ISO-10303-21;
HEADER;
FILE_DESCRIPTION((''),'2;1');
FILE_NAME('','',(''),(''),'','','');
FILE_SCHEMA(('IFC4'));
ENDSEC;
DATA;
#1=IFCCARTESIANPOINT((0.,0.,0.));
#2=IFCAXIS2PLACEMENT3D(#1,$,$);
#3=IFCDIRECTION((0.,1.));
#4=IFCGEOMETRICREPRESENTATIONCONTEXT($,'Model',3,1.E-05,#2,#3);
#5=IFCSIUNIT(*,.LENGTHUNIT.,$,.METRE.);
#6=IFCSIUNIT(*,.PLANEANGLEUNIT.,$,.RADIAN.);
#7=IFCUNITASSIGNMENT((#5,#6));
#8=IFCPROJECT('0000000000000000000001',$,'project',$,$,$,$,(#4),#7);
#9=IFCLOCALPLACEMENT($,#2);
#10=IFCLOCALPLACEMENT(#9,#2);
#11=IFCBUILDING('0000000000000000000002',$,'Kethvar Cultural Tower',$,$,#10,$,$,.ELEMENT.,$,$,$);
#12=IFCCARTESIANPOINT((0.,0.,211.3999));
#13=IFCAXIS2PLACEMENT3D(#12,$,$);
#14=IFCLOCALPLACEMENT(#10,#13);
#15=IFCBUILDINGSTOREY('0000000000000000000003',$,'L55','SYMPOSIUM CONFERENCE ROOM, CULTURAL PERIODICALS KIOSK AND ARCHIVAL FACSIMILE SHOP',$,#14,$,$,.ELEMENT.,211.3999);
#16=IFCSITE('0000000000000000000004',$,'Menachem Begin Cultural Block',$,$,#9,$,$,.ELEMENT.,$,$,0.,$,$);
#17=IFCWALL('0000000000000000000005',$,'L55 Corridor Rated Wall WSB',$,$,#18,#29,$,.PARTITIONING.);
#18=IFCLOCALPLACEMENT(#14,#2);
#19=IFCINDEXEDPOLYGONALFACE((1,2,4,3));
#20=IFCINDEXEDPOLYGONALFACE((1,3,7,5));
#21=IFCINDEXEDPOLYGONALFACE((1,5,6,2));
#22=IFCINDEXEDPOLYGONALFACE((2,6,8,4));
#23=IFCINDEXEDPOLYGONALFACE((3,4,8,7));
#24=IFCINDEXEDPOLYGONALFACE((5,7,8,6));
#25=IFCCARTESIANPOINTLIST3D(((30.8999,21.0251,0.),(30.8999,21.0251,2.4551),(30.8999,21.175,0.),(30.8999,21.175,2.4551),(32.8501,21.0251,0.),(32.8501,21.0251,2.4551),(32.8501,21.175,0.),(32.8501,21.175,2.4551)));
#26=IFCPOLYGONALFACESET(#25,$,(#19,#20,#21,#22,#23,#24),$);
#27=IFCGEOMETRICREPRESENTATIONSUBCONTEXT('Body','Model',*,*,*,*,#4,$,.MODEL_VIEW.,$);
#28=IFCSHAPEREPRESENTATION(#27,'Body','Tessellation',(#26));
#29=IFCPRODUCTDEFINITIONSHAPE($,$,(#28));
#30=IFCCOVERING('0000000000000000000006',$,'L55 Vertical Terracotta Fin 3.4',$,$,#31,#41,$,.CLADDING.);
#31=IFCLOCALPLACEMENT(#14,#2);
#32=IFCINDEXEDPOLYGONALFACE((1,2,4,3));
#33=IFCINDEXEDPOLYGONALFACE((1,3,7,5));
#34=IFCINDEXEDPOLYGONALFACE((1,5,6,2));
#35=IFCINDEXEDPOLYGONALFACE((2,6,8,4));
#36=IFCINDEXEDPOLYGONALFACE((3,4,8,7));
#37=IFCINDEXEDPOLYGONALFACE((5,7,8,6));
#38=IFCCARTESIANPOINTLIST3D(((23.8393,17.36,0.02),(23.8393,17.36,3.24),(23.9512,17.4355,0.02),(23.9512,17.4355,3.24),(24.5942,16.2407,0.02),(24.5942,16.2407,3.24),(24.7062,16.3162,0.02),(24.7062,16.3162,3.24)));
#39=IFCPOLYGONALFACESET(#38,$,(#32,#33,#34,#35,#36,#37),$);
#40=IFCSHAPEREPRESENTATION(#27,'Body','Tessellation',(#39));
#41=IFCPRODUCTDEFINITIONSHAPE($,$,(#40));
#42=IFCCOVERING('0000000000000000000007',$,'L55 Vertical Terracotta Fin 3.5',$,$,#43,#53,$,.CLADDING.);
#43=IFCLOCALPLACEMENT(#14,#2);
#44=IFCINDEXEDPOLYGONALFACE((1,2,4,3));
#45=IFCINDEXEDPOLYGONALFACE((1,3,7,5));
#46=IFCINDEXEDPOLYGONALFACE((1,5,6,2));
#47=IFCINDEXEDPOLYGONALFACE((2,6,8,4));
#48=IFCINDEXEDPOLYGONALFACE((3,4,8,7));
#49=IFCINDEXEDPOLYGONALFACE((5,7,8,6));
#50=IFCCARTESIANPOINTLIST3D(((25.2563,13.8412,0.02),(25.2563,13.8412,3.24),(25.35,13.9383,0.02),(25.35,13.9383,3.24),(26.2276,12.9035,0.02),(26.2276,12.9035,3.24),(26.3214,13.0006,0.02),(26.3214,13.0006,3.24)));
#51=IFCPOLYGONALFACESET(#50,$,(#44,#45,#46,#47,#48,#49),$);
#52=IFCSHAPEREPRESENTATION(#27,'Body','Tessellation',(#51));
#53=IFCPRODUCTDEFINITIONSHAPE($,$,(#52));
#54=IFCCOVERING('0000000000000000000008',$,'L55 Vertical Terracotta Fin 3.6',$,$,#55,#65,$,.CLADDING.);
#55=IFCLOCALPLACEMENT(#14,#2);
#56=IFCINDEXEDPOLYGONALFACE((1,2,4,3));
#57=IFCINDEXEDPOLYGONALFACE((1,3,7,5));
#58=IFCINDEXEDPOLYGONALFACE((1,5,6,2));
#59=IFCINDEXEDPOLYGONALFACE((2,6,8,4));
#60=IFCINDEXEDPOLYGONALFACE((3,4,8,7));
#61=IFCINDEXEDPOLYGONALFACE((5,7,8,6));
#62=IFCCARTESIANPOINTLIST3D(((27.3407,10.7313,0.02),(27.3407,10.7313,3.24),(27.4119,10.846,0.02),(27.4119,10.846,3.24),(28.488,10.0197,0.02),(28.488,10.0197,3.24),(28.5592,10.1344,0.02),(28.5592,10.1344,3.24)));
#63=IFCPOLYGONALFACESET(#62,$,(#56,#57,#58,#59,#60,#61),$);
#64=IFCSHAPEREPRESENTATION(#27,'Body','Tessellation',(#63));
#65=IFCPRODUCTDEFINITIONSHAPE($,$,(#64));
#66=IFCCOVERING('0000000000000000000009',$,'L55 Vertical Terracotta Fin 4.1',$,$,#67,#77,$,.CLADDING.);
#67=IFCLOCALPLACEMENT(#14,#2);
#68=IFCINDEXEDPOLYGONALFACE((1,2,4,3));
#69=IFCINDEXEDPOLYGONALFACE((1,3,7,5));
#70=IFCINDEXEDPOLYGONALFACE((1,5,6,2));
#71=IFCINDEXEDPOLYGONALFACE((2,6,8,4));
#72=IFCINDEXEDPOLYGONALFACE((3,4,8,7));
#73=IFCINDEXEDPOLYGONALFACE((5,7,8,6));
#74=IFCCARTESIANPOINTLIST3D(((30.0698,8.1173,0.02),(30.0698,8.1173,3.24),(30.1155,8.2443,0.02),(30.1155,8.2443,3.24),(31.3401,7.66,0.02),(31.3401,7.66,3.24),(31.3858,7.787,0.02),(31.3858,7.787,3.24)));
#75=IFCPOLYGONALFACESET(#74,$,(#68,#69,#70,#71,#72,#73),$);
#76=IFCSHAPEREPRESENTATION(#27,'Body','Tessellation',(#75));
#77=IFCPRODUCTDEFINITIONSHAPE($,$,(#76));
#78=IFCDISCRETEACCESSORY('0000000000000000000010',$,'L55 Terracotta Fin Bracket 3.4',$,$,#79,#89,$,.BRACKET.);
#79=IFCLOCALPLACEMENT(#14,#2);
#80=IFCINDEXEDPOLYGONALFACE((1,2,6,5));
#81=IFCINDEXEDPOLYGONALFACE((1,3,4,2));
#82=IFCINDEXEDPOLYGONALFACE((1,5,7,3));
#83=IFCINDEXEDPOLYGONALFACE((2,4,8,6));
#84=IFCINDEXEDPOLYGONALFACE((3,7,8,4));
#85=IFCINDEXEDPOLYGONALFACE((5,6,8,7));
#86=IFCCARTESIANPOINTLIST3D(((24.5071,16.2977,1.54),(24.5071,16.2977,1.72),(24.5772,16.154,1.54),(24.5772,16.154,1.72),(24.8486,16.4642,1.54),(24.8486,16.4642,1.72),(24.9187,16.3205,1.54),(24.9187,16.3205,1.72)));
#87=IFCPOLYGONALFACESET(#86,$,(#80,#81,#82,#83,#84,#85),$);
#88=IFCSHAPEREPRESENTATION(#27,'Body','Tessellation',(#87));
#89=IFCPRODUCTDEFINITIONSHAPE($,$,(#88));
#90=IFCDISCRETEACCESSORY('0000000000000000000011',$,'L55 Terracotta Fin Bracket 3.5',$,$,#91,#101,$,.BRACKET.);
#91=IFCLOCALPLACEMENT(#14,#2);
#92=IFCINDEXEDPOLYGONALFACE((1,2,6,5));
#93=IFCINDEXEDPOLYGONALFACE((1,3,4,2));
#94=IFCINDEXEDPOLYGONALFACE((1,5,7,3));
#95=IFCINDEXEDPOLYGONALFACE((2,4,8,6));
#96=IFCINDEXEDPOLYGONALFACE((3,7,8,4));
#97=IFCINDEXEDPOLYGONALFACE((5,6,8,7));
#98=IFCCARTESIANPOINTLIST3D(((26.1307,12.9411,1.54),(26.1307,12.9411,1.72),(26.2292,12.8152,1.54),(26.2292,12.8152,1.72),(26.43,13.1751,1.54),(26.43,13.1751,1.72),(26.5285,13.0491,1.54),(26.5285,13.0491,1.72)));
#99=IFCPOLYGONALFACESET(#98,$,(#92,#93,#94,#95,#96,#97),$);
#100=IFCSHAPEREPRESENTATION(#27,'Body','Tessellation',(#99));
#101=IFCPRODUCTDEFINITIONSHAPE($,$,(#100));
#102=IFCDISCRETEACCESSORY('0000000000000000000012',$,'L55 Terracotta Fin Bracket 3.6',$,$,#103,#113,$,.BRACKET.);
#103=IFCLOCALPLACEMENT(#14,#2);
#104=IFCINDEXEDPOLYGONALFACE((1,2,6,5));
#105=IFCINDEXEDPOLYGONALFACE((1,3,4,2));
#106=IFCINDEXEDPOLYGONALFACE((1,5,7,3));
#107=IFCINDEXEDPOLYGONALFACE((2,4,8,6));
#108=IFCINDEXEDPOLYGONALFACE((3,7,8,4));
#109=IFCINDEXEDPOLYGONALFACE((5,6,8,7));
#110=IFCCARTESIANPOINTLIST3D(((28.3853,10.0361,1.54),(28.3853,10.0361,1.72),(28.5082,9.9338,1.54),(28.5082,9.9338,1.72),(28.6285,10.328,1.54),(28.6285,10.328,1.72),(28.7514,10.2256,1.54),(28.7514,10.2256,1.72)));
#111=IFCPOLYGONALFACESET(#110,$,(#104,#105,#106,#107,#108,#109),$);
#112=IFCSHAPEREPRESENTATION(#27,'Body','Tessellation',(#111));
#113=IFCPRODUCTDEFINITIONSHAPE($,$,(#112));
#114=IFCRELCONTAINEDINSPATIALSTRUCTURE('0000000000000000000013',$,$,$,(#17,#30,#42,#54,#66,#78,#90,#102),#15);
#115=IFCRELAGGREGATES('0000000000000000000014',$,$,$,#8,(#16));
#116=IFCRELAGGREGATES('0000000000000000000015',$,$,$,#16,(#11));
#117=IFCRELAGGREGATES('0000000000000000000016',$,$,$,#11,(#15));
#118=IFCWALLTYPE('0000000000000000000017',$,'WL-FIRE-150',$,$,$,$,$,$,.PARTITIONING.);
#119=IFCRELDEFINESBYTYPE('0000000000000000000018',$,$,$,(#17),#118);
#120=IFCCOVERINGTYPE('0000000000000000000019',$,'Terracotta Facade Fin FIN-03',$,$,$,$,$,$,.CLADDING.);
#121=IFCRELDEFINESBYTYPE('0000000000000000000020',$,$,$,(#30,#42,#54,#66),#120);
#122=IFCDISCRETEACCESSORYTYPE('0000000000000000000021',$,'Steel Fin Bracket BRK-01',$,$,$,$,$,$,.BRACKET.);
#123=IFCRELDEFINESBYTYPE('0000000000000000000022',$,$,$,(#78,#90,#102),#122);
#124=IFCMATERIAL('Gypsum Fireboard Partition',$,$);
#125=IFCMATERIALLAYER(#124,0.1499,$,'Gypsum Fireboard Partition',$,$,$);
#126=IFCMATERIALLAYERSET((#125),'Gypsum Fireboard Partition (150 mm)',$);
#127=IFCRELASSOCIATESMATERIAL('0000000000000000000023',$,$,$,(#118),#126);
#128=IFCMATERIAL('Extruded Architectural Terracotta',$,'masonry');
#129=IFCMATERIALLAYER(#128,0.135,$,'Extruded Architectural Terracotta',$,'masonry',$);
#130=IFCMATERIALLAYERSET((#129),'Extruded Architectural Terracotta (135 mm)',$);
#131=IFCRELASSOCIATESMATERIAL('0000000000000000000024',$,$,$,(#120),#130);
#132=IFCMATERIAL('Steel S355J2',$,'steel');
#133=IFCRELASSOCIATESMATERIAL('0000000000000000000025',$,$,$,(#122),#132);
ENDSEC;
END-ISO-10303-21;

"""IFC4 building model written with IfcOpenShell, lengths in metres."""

from ifc_helpers import new_model, si_unit, direction, frame, frame_2d, origin, origin_2d, place, context, subcontext, project, spatial, rectangle, extrude, source, transform, mapped, material, layer, layer_set, type_object, element, save


model = new_model("IFC4")

# Units and contexts
model_context = context("Model", 3, precision=1e-05, world=origin(), true_north=direction((0.0, 1.0)))
body_context = subcontext(model_context, "Body", "Model", "MODEL_VIEW")
ifc_project = project(units=[si_unit("LENGTHUNIT", "METRE"), si_unit("PLANEANGLEUNIT", "RADIAN")], contexts=[model_context])

# Site, building, storey
site_placement = place(None, origin())
site = spatial("IfcSite", under=ifc_project, at=site_placement, Name="Menachem Begin Cultural Block", CompositionType="ELEMENT", RefElevation=0.0)
building_placement = place(site_placement, origin())
building = spatial("IfcBuilding", under=site, at=building_placement, Name="Kethvar Cultural Tower", CompositionType="ELEMENT")
storey_placement = place(building_placement, frame((0.0, 0.0, 211.3999)))
storey = spatial("IfcBuildingStorey", under=building, at=storey_placement, Name="L55", Description="SYMPOSIUM CONFERENCE ROOM, CULTURAL PERIODICALS KIOSK AND ARCHIVAL FACSIMILE SHOP", CompositionType="ELEMENT", Elevation=211.3999)

# Shared definitions
ifc_material_1 = material(Name="Steel S355J2", Category="steel")

# Wall
ifc_material_2 = material(Name="Gypsum Fireboard Partition")
ifc_layer_1 = layer(ifc_material_2, 0.1499, Name="Gypsum Fireboard Partition")
ifc_layer_set_1 = layer_set([ifc_layer_1], Name="Gypsum Fireboard Partition (150 mm)")
wall_type = type_object("IfcWallType", Name="WL-FIRE-150", PredefinedType="PARTITIONING", material=ifc_layer_set_1)
wall_1_placement = place(storey_placement, frame((30.8999, 21.1001, 0.0), z_axis=(0.0, 0.0, 1.0), x_axis=(1.0, 0.0, 0.0)))
element("IfcWall", 1, at=wall_1_placement, inside=storey, type_object=wall_type, Name="L55 Corridor Rated Wall WSB", PredefinedType="PARTITIONING", context=body_context, shape_type="SweptSolid", body=[
    extrude(rectangle(XDim=1.9502, YDim=0.1499, at=frame_2d((0.9751, 0.0))), origin(), (0.0, 0.0, 1.0), 2.4551),
])

# Coverings
ifc_material_3 = material(Name="Extruded Architectural Terracotta", Category="masonry")
ifc_layer_2 = layer(ifc_material_3, 0.135, Name="Extruded Architectural Terracotta", Category="masonry")
ifc_layer_set_2 = layer_set([ifc_layer_2], Name="Extruded Architectural Terracotta (135 mm)")
covering_type = type_object("IfcCoveringType", Name="Terracotta Facade Fin FIN-03", PredefinedType="CLADDING", material=ifc_layer_set_2)
shared_shape_1 = source(origin(), body_context, "Body", "SweptSolid", [
    extrude(rectangle(XDim=1.3501, YDim=0.135, at=origin_2d()), origin(), (0.0, 0.0, 1.0), 3.22),
])
for number, where, z_axis, x_axis, name in (
    (2, (24.2727, 16.8381, 0.02), (0.0, 0.0, 1.0), (-0.559193, 0.829038, 0.0), "L55 Vertical Terracotta Fin 3.4"),
    (3, (25.7888, 13.4209, 0.02), (0.0, 0.0, 1.0), (-0.719461, 0.694533, 0.0), "L55 Vertical Terracotta Fin 3.5"),
    (4, (27.95, 10.4329, 0.02), (0.0, 0.0, 1.0), (-0.849801, 0.527104, 0.0), "L55 Vertical Terracotta Fin 3.6"),
    (5, (30.7278, 7.9521, 0.02), (0.0, 0.0, 1.0), (-0.940881, 0.338738, 0.0), "L55 Vertical Terracotta Fin 4.1"),
):
    element("IfcCovering", number, at=place(storey_placement, frame(where, z_axis=z_axis, x_axis=x_axis)), inside=storey, type_object=covering_type, Name=name, PredefinedType="CLADDING", context=body_context, shape_type="MappedRepresentation", body=[
        mapped(shared_shape_1, transform((0.0, 0.0, 0.0), scale=1.0)),
    ])

# Discrete accessories
discrete_accessory_type = type_object("IfcDiscreteAccessoryType", Name="Steel Fin Bracket BRK-01", PredefinedType="BRACKET", material=ifc_material_1)
shared_shape_2 = source(origin(), body_context, "Body", "SweptSolid", [
    extrude(rectangle(XDim=0.3799, YDim=0.1599, at=origin_2d()), origin(), (0.0, 0.0, 1.0), 0.1799),
])
for number, where, z_axis, x_axis, name in (
    (6, (24.7129, 16.3091, 1.54), (0.0, 0.0, 1.0), (-0.898794, -0.438371, 0.0), "L55 Terracotta Fin Bracket 3.4"),
    (7, (26.3296, 12.9951, 1.54), (0.0, 0.0, 1.0), (-0.787903, -0.615799, 0.0), "L55 Terracotta Fin Bracket 3.5"),
    (8, (28.5684, 10.1309, 1.54), (0.0, 0.0, 1.0), (-0.640244, -0.768172, 0.0), "L55 Terracotta Fin Bracket 3.6"),
):
    element("IfcDiscreteAccessory", number, at=place(storey_placement, frame(where, z_axis=z_axis, x_axis=x_axis)), inside=storey, type_object=discrete_accessory_type, Name=name, PredefinedType="BRACKET", context=body_context, shape_type="MappedRepresentation", body=[
        mapped(shared_shape_2, transform((0.0, 0.0, 0.0), scale=1.0)),
    ])

save(model, "model.ifc")
